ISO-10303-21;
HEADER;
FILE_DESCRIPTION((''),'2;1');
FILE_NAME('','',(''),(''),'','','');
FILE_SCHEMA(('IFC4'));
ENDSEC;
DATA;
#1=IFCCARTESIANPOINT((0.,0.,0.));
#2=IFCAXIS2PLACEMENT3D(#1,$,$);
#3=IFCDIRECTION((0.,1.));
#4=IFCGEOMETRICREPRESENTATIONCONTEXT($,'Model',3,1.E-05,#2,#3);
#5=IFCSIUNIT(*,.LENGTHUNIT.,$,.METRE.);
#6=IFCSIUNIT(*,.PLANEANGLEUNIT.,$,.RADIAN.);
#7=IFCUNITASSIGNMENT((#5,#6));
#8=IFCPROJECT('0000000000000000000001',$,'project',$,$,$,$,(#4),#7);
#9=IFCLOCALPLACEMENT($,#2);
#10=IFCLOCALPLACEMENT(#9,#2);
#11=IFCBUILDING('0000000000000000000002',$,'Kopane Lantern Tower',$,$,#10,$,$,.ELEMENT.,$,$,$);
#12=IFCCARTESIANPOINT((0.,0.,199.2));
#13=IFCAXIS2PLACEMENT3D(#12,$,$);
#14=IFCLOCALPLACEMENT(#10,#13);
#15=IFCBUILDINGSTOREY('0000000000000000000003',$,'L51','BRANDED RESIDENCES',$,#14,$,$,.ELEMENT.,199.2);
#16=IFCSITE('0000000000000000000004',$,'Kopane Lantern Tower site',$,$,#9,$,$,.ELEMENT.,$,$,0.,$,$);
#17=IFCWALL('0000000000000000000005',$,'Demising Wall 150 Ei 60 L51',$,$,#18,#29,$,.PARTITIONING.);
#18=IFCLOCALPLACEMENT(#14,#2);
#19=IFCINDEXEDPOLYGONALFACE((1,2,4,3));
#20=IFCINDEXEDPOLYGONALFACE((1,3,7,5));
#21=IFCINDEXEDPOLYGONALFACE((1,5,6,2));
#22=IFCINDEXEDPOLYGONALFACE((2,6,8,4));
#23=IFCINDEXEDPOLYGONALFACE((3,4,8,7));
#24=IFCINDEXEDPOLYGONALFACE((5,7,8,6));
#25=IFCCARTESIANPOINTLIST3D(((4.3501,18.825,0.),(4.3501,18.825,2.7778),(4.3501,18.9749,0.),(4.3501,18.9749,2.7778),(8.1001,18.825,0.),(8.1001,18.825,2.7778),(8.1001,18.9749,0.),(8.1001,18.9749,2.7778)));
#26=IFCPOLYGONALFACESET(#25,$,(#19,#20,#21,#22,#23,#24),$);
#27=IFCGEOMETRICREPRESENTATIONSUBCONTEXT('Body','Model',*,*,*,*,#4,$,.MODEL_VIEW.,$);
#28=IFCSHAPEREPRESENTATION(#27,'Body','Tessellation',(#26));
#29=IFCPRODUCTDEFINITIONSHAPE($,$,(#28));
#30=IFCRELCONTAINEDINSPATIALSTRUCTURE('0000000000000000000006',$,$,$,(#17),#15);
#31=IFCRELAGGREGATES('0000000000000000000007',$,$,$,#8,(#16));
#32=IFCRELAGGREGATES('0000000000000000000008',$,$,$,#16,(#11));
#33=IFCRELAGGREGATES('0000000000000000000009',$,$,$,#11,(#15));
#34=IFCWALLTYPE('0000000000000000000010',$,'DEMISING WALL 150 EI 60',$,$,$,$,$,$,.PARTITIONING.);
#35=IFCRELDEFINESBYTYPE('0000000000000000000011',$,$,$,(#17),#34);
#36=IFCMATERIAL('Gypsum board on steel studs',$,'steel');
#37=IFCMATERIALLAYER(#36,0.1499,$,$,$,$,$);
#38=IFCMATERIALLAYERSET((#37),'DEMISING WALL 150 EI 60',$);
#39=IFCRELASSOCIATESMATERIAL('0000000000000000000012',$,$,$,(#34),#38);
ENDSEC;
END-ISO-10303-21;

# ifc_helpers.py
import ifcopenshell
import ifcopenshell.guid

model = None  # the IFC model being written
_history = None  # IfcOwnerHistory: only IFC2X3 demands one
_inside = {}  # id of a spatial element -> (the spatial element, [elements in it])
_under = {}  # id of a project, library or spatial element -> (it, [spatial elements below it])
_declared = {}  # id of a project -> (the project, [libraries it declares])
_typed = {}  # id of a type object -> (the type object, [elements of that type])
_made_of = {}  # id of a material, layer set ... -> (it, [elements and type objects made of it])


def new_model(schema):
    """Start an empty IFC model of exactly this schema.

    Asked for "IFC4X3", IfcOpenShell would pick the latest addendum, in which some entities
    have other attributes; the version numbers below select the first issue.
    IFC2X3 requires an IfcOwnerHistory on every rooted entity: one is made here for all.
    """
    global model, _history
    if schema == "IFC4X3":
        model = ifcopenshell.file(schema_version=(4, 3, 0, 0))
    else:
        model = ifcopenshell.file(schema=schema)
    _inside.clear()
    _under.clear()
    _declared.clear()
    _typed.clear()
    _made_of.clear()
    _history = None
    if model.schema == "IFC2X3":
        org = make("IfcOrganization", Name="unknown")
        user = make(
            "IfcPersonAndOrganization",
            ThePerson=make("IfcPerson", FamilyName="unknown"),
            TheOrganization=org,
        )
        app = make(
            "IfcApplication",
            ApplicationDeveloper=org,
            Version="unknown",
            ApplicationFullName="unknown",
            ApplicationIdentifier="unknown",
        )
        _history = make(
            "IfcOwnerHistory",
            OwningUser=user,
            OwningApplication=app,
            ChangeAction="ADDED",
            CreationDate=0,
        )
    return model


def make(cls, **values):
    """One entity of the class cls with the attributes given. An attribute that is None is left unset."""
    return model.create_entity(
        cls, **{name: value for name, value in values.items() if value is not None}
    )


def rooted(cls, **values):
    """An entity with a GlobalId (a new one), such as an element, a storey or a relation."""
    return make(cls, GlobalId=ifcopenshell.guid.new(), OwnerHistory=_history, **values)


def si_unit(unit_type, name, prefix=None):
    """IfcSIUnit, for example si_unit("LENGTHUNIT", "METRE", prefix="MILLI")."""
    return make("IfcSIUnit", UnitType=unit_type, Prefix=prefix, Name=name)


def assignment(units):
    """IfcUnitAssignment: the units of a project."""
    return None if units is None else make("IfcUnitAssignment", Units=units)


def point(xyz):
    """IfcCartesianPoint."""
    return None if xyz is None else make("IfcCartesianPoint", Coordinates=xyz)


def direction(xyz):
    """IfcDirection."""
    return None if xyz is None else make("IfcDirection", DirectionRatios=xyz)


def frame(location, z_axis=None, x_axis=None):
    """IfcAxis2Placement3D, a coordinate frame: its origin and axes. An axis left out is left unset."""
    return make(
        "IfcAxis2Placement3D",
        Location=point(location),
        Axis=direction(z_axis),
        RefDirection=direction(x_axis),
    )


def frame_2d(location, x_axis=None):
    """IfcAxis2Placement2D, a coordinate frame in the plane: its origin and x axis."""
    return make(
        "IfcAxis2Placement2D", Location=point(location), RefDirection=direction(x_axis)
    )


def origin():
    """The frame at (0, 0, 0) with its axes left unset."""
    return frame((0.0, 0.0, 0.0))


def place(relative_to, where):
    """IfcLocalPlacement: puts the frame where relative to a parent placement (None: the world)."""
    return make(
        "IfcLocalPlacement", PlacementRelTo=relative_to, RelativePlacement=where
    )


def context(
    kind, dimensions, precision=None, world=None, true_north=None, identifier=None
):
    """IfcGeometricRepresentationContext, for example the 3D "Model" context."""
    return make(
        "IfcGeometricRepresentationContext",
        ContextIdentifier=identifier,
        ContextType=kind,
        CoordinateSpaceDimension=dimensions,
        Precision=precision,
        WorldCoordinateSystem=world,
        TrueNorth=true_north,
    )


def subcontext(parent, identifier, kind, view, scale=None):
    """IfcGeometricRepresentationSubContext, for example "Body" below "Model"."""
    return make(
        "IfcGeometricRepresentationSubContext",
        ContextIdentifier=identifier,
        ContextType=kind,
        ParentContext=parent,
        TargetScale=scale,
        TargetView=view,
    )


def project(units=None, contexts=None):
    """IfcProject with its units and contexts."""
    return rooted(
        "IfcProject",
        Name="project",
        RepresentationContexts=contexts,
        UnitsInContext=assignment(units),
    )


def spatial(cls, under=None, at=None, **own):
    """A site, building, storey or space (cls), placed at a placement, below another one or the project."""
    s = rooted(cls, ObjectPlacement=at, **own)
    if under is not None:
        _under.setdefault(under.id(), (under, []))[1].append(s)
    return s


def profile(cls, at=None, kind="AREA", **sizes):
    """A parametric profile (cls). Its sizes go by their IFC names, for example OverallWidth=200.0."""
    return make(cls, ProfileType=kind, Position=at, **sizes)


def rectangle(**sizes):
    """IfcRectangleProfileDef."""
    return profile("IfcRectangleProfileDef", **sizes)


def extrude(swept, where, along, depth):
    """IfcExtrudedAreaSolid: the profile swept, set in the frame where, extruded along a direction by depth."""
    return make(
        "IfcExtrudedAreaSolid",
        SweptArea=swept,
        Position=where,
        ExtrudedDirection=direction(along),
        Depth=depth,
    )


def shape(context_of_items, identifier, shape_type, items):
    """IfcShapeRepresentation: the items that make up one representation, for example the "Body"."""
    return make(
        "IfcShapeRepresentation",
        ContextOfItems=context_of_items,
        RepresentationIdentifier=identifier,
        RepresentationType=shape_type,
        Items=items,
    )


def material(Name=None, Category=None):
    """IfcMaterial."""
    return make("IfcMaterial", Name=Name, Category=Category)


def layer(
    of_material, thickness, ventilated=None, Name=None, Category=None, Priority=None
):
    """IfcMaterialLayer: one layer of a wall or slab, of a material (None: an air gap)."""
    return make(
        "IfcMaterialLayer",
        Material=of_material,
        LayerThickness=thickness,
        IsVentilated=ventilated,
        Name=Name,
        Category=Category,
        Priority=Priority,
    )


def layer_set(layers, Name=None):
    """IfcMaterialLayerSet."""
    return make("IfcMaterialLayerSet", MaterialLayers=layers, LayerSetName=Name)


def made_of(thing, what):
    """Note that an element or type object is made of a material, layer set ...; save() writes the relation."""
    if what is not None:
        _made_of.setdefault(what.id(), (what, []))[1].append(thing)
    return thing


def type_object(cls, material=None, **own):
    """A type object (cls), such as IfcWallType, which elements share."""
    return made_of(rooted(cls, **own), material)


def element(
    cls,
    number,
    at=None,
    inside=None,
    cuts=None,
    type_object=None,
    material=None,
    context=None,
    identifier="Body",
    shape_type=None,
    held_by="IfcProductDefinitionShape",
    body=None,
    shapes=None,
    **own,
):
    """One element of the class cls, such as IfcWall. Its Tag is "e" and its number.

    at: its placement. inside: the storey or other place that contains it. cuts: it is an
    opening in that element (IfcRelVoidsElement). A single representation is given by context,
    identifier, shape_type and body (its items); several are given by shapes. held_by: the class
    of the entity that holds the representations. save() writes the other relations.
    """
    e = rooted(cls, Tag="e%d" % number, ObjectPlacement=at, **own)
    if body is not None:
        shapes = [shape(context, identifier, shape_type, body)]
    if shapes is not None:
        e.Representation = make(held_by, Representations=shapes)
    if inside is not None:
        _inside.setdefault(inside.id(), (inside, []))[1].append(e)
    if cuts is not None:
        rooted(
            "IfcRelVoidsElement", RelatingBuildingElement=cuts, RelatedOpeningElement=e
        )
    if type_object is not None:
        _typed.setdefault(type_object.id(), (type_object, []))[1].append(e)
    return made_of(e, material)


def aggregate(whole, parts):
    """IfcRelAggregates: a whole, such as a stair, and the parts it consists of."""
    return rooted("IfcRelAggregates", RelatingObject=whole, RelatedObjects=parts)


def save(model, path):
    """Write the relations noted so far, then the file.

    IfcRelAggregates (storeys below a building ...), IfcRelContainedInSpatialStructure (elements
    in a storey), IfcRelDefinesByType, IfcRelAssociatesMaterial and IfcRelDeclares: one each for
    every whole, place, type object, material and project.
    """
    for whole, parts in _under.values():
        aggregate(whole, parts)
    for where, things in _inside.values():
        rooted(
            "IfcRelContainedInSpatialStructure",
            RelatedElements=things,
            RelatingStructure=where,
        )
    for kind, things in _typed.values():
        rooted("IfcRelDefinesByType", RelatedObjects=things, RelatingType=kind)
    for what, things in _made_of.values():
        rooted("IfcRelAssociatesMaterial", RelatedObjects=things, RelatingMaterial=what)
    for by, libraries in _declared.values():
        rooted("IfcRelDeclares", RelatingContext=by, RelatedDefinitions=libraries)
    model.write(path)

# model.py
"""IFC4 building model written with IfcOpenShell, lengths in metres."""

from ifc_helpers import new_model, si_unit, direction, frame, frame_2d, origin, place, context, subcontext, project, spatial, rectangle, extrude, material, layer, layer_set, type_object, element, save


model = new_model("IFC4")

# Units and contexts
model_context = context("Model", 3, precision=1e-05, world=origin(), true_north=direction((0.0, 1.0)))
body_context = subcontext(model_context, "Body", "Model", "MODEL_VIEW")
ifc_project = project(units=[si_unit("LENGTHUNIT", "METRE"), si_unit("PLANEANGLEUNIT", "RADIAN")], contexts=[model_context])

# Site, building, storey
site_placement = place(None, origin())
site = spatial("IfcSite", under=ifc_project, at=site_placement, Name="Kopane Lantern Tower site", CompositionType="ELEMENT", RefElevation=0.0)
building_placement = place(site_placement, origin())
building = spatial("IfcBuilding", under=site, at=building_placement, Name="Kopane Lantern Tower", CompositionType="ELEMENT")
storey_placement = place(building_placement, frame((0.0, 0.0, 199.2)))
storey = spatial("IfcBuildingStorey", under=building, at=storey_placement, Name="L51", Description="BRANDED RESIDENCES", CompositionType="ELEMENT", Elevation=199.2)

# Wall
ifc_material_1 = material(Name="Gypsum board on steel studs", Category="steel")
ifc_layer_1 = layer(ifc_material_1, 0.1499)
ifc_layer_set_1 = layer_set([ifc_layer_1], Name="DEMISING WALL 150 EI 60")
wall_type_1 = type_object("IfcWallType", Name="DEMISING WALL 150 EI 60", PredefinedType="PARTITIONING", material=ifc_layer_set_1)
wall_1_placement = place(storey_placement, frame((4.3501, 18.8999, 0.0), z_axis=(0.0, 0.0, 1.0), x_axis=(1.0, 0.0, 0.0)))
element("IfcWall", 1, at=wall_1_placement, inside=storey, type_object=wall_type_1, Name="Demising Wall 150 Ei 60 L51", PredefinedType="PARTITIONING", context=body_context, shape_type="SweptSolid", body=[
    extrude(rectangle(XDim=3.75, YDim=0.1499, at=frame_2d((1.875, 0.0))), origin(), (0.0, 0.0, 1.0), 2.7778),
])

save(model, "model.ifc")
